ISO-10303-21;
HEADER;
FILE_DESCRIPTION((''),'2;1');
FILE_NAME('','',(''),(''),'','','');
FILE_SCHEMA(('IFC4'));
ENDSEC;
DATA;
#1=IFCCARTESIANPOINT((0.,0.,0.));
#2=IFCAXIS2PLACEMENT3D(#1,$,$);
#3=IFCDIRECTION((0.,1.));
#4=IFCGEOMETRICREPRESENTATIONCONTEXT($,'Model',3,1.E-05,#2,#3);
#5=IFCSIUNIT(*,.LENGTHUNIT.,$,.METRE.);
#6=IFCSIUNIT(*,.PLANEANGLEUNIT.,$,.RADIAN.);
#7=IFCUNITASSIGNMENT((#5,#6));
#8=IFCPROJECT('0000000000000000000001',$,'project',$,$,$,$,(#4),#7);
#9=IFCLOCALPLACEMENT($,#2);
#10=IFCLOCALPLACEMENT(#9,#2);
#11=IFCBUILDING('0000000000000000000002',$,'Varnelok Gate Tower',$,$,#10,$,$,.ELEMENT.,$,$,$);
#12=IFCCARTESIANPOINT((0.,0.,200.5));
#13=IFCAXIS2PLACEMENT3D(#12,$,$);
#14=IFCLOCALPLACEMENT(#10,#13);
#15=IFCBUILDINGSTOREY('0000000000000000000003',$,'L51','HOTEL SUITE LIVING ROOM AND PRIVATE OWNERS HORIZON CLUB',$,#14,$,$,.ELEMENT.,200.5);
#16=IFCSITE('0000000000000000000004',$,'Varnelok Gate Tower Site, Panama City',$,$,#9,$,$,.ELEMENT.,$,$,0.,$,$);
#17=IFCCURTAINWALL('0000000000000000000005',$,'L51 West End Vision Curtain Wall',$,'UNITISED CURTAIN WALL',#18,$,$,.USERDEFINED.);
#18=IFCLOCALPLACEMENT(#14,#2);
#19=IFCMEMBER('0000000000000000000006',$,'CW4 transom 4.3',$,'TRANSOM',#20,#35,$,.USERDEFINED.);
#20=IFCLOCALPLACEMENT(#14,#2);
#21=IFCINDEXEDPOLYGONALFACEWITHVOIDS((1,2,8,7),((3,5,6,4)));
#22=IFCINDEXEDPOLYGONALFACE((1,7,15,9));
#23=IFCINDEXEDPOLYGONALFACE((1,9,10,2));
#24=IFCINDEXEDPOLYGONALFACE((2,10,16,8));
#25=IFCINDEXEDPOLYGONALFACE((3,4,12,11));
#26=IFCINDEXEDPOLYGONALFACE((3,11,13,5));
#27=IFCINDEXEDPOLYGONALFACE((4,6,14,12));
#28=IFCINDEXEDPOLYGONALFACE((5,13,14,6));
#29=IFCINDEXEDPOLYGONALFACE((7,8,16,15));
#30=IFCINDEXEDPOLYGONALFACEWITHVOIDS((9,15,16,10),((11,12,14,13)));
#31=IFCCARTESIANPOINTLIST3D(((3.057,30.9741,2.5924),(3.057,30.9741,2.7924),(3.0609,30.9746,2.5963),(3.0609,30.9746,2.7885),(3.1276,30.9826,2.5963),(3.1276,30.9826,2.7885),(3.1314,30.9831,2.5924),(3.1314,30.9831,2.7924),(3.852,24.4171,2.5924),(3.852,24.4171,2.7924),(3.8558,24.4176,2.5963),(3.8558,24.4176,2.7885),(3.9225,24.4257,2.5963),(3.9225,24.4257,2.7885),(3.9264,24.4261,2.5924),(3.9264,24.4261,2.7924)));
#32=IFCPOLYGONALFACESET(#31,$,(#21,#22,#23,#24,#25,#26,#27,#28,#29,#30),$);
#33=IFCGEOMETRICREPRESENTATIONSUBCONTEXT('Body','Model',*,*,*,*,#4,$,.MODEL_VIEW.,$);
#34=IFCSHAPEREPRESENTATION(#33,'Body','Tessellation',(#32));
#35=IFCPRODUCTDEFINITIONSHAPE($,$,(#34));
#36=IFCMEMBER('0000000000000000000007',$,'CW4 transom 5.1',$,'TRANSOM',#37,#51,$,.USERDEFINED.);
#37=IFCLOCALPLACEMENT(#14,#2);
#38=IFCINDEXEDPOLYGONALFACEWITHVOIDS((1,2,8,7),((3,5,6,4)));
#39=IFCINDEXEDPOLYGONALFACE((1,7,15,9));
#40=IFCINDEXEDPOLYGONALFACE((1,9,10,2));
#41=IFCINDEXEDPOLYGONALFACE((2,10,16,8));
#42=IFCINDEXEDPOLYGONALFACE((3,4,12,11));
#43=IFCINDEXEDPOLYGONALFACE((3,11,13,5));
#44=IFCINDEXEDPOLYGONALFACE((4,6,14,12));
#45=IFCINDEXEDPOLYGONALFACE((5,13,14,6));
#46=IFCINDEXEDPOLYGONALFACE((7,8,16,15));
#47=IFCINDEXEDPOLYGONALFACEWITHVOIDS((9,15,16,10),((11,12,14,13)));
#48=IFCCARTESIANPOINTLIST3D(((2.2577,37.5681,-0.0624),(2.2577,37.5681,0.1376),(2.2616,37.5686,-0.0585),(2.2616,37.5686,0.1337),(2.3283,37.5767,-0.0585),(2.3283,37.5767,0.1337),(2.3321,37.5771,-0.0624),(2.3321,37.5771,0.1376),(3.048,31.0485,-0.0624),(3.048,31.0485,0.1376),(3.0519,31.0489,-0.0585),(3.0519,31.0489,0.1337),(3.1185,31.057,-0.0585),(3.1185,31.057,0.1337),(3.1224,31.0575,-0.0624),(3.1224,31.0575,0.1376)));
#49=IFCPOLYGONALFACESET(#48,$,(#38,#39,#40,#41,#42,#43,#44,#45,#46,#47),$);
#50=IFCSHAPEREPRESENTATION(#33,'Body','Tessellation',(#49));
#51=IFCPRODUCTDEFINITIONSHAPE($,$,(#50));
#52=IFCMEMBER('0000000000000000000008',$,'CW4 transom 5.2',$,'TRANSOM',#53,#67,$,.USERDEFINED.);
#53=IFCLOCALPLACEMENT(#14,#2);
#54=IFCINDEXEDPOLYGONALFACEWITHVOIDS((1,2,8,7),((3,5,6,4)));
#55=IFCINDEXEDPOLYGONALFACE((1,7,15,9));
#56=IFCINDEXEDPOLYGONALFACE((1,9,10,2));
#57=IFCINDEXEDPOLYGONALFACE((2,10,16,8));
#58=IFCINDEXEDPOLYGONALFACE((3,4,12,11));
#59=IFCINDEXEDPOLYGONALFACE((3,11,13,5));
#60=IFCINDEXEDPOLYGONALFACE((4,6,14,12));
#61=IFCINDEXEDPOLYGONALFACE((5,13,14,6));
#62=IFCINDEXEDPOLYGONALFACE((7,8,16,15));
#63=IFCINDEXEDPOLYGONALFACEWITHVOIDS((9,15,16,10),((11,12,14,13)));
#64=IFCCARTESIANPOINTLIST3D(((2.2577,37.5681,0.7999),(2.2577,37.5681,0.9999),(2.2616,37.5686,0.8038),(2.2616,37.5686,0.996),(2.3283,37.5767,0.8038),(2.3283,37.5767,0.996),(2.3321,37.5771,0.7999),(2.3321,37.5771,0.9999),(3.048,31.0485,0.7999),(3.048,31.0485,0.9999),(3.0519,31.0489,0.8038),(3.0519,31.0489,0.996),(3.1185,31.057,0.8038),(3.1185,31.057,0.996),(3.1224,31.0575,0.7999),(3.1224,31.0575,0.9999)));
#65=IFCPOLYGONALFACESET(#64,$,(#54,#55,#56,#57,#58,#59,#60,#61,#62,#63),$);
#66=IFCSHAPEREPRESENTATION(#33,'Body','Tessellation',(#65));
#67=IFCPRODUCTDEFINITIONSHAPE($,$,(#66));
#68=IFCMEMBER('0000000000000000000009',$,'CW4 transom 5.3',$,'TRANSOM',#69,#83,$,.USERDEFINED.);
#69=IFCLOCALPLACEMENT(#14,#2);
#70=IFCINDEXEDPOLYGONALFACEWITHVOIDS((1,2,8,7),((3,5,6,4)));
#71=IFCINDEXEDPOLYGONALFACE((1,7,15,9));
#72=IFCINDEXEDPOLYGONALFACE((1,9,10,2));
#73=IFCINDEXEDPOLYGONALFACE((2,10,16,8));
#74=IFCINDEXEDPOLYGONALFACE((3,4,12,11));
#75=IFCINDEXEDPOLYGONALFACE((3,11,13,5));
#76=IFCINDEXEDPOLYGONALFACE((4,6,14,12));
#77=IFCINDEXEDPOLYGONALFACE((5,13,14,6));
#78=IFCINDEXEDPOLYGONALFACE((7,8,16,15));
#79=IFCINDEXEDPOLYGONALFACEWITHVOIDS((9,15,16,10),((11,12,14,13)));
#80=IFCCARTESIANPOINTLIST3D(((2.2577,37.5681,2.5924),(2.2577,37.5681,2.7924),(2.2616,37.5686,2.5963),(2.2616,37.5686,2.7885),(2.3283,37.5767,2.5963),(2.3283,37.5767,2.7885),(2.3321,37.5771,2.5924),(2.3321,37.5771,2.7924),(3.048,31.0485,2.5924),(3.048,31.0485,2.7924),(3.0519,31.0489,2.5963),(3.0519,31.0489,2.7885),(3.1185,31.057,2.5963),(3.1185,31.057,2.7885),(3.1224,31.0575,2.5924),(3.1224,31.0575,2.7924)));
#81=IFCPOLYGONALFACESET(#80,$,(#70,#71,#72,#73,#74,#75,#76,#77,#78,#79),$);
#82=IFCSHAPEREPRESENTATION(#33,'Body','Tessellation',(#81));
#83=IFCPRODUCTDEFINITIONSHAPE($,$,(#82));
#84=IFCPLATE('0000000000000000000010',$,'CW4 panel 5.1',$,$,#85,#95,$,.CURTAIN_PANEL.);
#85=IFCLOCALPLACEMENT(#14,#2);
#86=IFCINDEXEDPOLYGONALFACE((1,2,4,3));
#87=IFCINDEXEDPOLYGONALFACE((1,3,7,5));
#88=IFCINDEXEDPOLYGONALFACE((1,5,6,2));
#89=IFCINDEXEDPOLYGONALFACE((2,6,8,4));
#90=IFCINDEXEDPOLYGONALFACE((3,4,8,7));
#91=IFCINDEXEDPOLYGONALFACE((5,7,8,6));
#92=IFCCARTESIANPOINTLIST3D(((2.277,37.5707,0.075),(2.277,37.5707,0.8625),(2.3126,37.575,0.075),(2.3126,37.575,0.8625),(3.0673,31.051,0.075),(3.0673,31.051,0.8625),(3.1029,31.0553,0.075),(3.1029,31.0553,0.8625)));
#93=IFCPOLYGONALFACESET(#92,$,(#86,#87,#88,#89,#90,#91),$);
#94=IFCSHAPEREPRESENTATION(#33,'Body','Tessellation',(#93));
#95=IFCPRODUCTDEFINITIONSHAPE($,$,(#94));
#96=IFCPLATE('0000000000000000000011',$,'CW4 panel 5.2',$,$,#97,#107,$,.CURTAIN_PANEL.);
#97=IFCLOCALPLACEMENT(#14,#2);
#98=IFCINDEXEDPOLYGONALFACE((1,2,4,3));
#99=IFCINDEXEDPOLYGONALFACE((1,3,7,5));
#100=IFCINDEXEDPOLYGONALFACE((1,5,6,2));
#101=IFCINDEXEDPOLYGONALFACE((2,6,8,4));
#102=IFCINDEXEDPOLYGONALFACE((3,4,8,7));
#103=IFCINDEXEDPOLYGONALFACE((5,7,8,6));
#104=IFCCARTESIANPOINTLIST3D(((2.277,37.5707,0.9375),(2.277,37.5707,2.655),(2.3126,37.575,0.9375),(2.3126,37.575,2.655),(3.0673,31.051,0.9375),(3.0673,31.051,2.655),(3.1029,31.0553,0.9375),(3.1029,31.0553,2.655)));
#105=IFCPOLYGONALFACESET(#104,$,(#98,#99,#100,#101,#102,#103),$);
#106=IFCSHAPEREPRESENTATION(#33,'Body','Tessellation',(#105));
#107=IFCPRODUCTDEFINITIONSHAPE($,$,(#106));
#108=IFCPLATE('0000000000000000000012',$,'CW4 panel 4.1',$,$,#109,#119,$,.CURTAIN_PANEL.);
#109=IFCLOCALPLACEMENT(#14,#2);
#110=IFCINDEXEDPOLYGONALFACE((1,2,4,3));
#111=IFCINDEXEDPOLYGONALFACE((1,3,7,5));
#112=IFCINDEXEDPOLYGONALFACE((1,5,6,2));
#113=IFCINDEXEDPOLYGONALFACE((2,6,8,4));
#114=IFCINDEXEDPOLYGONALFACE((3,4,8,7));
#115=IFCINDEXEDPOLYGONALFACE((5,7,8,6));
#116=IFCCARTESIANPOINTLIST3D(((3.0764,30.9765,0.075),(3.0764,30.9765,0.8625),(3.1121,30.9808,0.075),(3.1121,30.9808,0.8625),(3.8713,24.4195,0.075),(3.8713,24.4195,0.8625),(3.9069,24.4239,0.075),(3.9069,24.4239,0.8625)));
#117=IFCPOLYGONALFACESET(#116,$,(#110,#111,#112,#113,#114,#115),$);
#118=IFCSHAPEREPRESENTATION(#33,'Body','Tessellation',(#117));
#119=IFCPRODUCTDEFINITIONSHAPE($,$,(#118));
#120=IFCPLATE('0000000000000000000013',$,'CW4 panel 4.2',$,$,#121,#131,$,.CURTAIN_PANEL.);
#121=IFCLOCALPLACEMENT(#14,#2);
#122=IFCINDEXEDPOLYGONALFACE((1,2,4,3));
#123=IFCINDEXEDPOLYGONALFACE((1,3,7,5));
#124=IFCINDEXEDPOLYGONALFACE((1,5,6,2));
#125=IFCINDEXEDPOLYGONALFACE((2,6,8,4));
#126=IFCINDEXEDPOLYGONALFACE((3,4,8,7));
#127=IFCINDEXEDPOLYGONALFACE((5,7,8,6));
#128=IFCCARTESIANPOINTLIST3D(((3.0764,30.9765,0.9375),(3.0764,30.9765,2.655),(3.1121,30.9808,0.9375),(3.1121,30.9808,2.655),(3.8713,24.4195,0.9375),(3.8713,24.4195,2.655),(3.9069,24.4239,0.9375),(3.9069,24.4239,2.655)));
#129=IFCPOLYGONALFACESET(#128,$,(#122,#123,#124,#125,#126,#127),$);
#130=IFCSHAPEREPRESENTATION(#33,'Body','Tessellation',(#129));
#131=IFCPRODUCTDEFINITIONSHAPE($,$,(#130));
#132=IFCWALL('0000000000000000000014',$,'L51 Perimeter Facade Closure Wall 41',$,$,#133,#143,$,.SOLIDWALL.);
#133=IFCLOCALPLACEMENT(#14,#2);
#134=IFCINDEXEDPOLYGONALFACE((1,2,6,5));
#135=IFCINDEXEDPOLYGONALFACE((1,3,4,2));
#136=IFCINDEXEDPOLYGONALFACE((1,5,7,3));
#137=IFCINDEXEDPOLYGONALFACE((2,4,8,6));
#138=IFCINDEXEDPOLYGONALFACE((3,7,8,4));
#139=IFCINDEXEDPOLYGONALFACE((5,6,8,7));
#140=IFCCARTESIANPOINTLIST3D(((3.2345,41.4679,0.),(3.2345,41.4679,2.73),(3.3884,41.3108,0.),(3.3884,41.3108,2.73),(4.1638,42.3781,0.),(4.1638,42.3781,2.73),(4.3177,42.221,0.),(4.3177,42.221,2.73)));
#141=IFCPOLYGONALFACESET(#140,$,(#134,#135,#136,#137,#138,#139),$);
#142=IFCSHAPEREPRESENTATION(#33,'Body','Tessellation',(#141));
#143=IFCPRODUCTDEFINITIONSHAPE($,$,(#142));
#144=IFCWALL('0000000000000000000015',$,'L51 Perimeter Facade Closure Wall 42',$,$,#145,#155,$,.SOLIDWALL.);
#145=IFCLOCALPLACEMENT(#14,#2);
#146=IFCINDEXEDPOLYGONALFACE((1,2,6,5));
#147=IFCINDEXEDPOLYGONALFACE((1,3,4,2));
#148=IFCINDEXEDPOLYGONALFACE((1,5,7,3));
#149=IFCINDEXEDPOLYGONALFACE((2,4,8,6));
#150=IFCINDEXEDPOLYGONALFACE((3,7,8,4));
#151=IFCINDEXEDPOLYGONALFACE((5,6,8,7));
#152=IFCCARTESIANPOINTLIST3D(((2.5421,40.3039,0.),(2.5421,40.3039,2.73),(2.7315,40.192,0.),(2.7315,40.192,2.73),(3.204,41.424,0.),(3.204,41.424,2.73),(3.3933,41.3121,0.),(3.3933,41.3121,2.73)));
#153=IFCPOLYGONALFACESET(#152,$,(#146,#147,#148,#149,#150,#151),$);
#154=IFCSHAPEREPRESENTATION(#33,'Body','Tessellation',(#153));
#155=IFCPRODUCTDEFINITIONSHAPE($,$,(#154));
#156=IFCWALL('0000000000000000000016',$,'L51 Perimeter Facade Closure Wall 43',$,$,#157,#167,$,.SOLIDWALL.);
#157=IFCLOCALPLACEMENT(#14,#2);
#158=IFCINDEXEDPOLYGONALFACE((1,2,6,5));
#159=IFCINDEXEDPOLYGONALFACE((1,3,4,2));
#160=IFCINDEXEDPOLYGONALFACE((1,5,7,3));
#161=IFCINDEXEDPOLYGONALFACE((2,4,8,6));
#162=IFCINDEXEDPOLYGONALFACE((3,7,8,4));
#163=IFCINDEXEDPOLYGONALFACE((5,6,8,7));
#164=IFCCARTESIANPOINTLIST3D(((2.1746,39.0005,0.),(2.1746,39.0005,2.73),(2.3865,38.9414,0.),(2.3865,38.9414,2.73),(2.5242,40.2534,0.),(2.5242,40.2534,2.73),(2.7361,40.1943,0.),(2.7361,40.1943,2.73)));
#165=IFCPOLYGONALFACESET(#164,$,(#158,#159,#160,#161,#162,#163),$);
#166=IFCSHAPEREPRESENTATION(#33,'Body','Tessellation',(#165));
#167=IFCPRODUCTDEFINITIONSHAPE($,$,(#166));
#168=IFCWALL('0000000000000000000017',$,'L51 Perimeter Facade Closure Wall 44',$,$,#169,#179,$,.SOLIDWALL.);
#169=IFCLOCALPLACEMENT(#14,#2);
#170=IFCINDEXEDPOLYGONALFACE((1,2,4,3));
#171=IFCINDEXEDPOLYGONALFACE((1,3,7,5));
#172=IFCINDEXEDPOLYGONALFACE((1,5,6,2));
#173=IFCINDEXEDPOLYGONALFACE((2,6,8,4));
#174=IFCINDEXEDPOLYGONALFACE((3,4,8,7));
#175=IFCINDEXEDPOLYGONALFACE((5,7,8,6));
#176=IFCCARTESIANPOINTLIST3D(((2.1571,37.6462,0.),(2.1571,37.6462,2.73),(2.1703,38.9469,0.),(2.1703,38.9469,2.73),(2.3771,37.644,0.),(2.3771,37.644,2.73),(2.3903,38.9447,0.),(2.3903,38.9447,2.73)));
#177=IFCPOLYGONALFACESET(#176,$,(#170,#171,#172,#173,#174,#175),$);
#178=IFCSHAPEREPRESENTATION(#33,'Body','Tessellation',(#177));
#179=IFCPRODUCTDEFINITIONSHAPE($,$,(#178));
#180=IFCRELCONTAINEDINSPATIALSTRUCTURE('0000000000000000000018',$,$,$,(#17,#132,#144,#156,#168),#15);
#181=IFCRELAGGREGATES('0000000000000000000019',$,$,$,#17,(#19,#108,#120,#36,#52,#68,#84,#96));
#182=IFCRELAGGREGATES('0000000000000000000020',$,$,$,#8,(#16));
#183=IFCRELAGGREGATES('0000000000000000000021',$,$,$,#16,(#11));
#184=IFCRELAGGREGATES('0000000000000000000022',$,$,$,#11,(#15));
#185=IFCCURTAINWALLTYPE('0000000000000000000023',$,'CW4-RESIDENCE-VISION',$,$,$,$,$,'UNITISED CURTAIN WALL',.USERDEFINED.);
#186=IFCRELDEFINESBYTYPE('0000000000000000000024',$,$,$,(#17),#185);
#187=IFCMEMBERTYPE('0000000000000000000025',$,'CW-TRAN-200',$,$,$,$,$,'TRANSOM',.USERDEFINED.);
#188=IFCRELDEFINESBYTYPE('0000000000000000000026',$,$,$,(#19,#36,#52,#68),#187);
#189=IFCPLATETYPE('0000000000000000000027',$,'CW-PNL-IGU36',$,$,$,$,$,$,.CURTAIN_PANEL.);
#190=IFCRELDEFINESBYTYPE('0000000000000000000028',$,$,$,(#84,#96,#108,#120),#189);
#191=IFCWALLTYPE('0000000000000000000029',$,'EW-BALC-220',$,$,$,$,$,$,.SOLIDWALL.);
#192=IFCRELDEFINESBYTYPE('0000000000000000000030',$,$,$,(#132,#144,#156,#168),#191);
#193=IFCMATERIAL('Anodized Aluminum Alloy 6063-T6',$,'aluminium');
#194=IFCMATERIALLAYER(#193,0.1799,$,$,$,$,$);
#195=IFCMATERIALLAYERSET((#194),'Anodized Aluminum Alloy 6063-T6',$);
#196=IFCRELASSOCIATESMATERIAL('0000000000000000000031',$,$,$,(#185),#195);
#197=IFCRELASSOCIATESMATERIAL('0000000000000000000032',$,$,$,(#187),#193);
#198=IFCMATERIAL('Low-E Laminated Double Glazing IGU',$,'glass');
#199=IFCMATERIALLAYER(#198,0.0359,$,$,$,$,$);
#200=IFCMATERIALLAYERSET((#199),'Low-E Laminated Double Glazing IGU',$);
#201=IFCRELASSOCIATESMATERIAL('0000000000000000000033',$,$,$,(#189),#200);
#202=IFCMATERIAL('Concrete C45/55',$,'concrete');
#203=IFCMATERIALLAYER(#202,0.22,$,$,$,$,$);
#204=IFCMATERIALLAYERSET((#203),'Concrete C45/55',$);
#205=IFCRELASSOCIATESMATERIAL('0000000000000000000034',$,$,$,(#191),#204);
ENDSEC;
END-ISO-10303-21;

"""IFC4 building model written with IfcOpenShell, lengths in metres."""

from ifc_helpers import new_model, si_unit, direction, frame, frame_2d, origin, origin_2d, place, context, subcontext, project, spatial, rectangle, hollow_rectangle, extrude, source, transform, mapped, material, layer, layer_set, material_profile, profile_set, type_object, element, aggregate, save


model = new_model("IFC4")

# Units and contexts
model_context = context("Model", 3, precision=1e-05, world=origin(), true_north=direction((0.0, 1.0)))
body_context = subcontext(model_context, "Body", "Model", "MODEL_VIEW")
ifc_project = project(units=[si_unit("LENGTHUNIT", "METRE"), si_unit("PLANEANGLEUNIT", "RADIAN")], contexts=[model_context])

# Site, building, storey
site_placement = place(None, origin())
site = spatial("IfcSite", under=ifc_project, at=site_placement, Name="Varnelok Gate Tower Site, Panama City", CompositionType="ELEMENT", RefElevation=0.0)
building_placement = place(site_placement, origin())
building = spatial("IfcBuilding", under=site, at=building_placement, Name="Varnelok Gate Tower", CompositionType="ELEMENT")
storey_placement = place(building_placement, frame((0.0, 0.0, 200.5)))
storey = spatial("IfcBuildingStorey", under=building, at=storey_placement, Name="L51", Description="HOTEL SUITE LIVING ROOM AND PRIVATE OWNERS HORIZON CLUB", CompositionType="ELEMENT", Elevation=200.5)

# Curtain wall, members, plates
ifc_material_1 = material(Name="Anodized Aluminum Alloy 6063-T6", Category="aluminium")
ifc_layer_1 = layer(ifc_material_1, 0.1799)
ifc_layer_set_1 = layer_set([ifc_layer_1], Name="Anodized Aluminum Alloy 6063-T6")
curtain_wall_type = type_object("IfcCurtainWallType", Name="CW4-RESIDENCE-VISION", ElementType="UNITISED CURTAIN WALL", PredefinedType="USERDEFINED", material=ifc_layer_set_1)
curtain_wall_placement = place(storey_placement, origin())
curtain_wall = element("IfcCurtainWall", 1, at=curtain_wall_placement, inside=storey, type_object=curtain_wall_type, Name="L51 West End Vision Curtain Wall", ObjectType="UNITISED CURTAIN WALL", PredefinedType="USERDEFINED")
ifc_material_profile_1 = material_profile(ifc_material_1, hollow_rectangle(XDim=0.075, YDim=0.2, WallThickness=0.0039, at=origin_2d()), Name="ALU200X75X4")
ifc_profile_set_1 = profile_set([ifc_material_profile_1], Name="Anodized Aluminum Alloy 6063-T6")
member_type_1 = type_object("IfcMemberType", Name="CW-TRAN-200", ElementType="TRANSOM", PredefinedType="USERDEFINED", material=ifc_profile_set_1)
member_1_placement = place(storey_placement, frame((3.8892, 24.4216, 2.6924), z_axis=(-0.120353, 0.992731, 0.0), x_axis=(-0.992731, -0.120353, 0.0)))
member_1 = element("IfcMember", 2, at=member_1_placement, type_object=member_type_1, Name="CW4 transom 4.3", ObjectType="TRANSOM", PredefinedType="USERDEFINED", context=body_context, shape_type="SweptSolid", body=[
    extrude(hollow_rectangle(XDim=0.075, YDim=0.2, WallThickness=0.0039, at=origin_2d()), origin(), (0.0, 0.0, 1.0), 6.605),
])
member_2_placement = place(storey_placement, frame((3.0852, 31.053, 0.0376), z_axis=(-0.120332, 0.992734, 0.0), x_axis=(-0.992734, -0.120332, 0.0)))
member_2 = element("IfcMember", 3, at=member_2_placement, type_object=member_type_1, Name="CW4 transom 5.1", ObjectType="TRANSOM", PredefinedType="USERDEFINED", context=body_context, shape_type="SweptSolid", body=[
    extrude(hollow_rectangle(XDim=0.075, YDim=0.2, WallThickness=0.0039, at=origin_2d()), origin(), (0.0, 0.0, 1.0), 6.5674),
])
member_3_placement = place(storey_placement, frame((3.0852, 31.053, 0.8999), z_axis=(-0.120332, 0.992734, 0.0), x_axis=(-0.992734, -0.120332, 0.0)))
member_3 = element("IfcMember", 4, at=member_3_placement, type_object=member_type_1, Name="CW4 transom 5.2", ObjectType="TRANSOM", PredefinedType="USERDEFINED", context=body_context, shape_type="SweptSolid", body=[
    extrude(hollow_rectangle(XDim=0.075, YDim=0.2, WallThickness=0.0039, at=origin_2d()), origin(), (0.0, 0.0, 1.0), 6.5674),
])
member_4_placement = place(storey_placement, frame((3.0852, 31.053, 2.6924), z_axis=(-0.120332, 0.992734, 0.0), x_axis=(-0.992734, -0.120332, 0.0)))
member_4 = element("IfcMember", 5, at=member_4_placement, type_object=member_type_1, Name="CW4 transom 5.3", ObjectType="TRANSOM", PredefinedType="USERDEFINED", context=body_context, shape_type="SweptSolid", body=[
    extrude(hollow_rectangle(XDim=0.075, YDim=0.2, WallThickness=0.0039, at=origin_2d()), origin(), (0.0, 0.0, 1.0), 6.5674),
])
ifc_material_2 = material(Name="Low-E Laminated Double Glazing IGU", Category="glass")
ifc_layer_2 = layer(ifc_material_2, 0.0359)
ifc_layer_set_2 = layer_set([ifc_layer_2], Name="Low-E Laminated Double Glazing IGU")
plate_type = type_object("IfcPlateType", Name="CW-PNL-IGU36", PredefinedType="CURTAIN_PANEL", material=ifc_layer_set_2)
shared_shape_1 = source(origin(), body_context, "Body", "SweptSolid", [
    extrude(rectangle(XDim=6.5674, YDim=0.0359, at=origin_2d()), origin(), (0.0, 0.0, 1.0), 0.7876),
])
plate_1_placement = place(storey_placement, frame((2.6899, 34.313, 0.075), z_axis=(0.0, 0.0, 1.0), x_axis=(-0.120345, 0.992732, 0.0)))
plate_1 = element("IfcPlate", 6, at=plate_1_placement, type_object=plate_type, Name="CW4 panel 5.1", PredefinedType="CURTAIN_PANEL", context=body_context, shape_type="MappedRepresentation", body=[
    mapped(shared_shape_1, transform((0.0, 0.0, 0.0), scale=1.0)),
])
shared_shape_2 = source(origin(), body_context, "Body", "SweptSolid", [
    extrude(rectangle(XDim=6.5674, YDim=0.0359, at=origin_2d()), origin(), (0.0, 0.0, 1.0), 1.7175),
])
plate_2_placement = place(storey_placement, frame((2.6899, 34.313, 0.9375), z_axis=(0.0, 0.0, 1.0), x_axis=(-0.120345, 0.992732, 0.0)))
plate_2 = element("IfcPlate", 7, at=plate_2_placement, type_object=plate_type, Name="CW4 panel 5.2", PredefinedType="CURTAIN_PANEL", context=body_context, shape_type="MappedRepresentation", body=[
    mapped(shared_shape_2, transform((0.0, 0.0, 0.0), scale=1.0)),
])
shared_shape_3 = source(origin(), body_context, "Body", "SweptSolid", [
    extrude(rectangle(XDim=6.605, YDim=0.0359, at=origin_2d()), origin(), (0.0, 0.0, 1.0), 0.7876),
])
plate_3_placement = place(storey_placement, frame((3.4917, 27.7002, 0.075), z_axis=(0.0, 0.0, 1.0), x_axis=(-0.120345, 0.992732, 0.0)))
plate_3 = element("IfcPlate", 8, at=plate_3_placement, type_object=plate_type, Name="CW4 panel 4.1", PredefinedType="CURTAIN_PANEL", context=body_context, shape_type="MappedRepresentation", body=[
    mapped(shared_shape_3, transform((0.0, 0.0, 0.0), scale=1.0)),
])
shared_shape_4 = source(origin(), body_context, "Body", "SweptSolid", [
    extrude(rectangle(XDim=6.605, YDim=0.0359, at=origin_2d()), origin(), (0.0, 0.0, 1.0), 1.7175),
])
plate_4_placement = place(storey_placement, frame((3.4917, 27.7002, 0.9375), z_axis=(0.0, 0.0, 1.0), x_axis=(-0.120345, 0.992732, 0.0)))
plate_4 = element("IfcPlate", 9, at=plate_4_placement, type_object=plate_type, Name="CW4 panel 4.2", PredefinedType="CURTAIN_PANEL", context=body_context, shape_type="MappedRepresentation", body=[
    mapped(shared_shape_4, transform((0.0, 0.0, 0.0), scale=1.0)),
])
aggregate(curtain_wall, [member_1, plate_3, plate_4, member_2, member_3, member_4, plate_1, plate_2])

# Walls
ifc_material_3 = material(Name="Concrete C45/55", Category="concrete")
ifc_layer_3 = layer(ifc_material_3, 0.22)
ifc_layer_set_3 = layer_set([ifc_layer_3], Name="Concrete C45/55")
wall_type_1 = type_object("IfcWallType", Name="EW-BALC-220", PredefinedType="SOLIDWALL", material=ifc_layer_set_3)
wall_1_placement = place(storey_placement, frame((4.2407, 42.2996, 0.0), z_axis=(0.0, 0.0, 1.0), x_axis=(-0.714389, -0.699749, 0.0)))
element("IfcWall", 10, at=wall_1_placement, inside=storey, type_object=wall_type_1, Name="L51 Perimeter Facade Closure Wall 41", PredefinedType="SOLIDWALL", context=body_context, shape_type="SweptSolid", body=[
    extrude(rectangle(XDim=1.3008, YDim=0.22, at=frame_2d((0.6504, 0.0))), origin(), (0.0, 0.0, 1.0), 2.73),
])
wall_2_placement = place(storey_placement, frame((3.2986, 41.3679, 0.0), z_axis=(0.0, 0.0, 1.0), x_axis=(-0.508717, -0.860934, 0.0)))
element("IfcWall", 11, at=wall_2_placement, inside=storey, type_object=wall_type_1, Name="L51 Perimeter Facade Closure Wall 42", PredefinedType="SOLIDWALL", context=body_context, shape_type="SweptSolid", body=[
    extrude(rectangle(XDim=1.301, YDim=0.22, at=frame_2d((0.6504, 0.0))), origin(), (0.0, 0.0, 1.0), 2.73),
])
for number, where, z_axis, x_axis, name in (
    (12, (2.6301, 40.2239, 0.0), (0.0, 0.0, 1.0), (-0.268767, -0.963205, 0.0), "L51 Perimeter Facade Closure Wall 43"),
    (13, (2.2803, 38.9458, 0.0), (0.0, 0.0, 1.0), (-0.010135, -0.999949, 0.0), "L51 Perimeter Facade Closure Wall 44"),
):
    element("IfcWall", number, at=place(storey_placement, frame(where, z_axis=z_axis, x_axis=x_axis)), inside=storey, type_object=wall_type_1, Name=name, PredefinedType="SOLIDWALL", context=body_context, shape_type="SweptSolid", body=[
        extrude(rectangle(XDim=1.3008, YDim=0.22, at=frame_2d((0.6504, 0.0))), origin(), (0.0, 0.0, 1.0), 2.73),
    ])

save(model, "model.ifc")
